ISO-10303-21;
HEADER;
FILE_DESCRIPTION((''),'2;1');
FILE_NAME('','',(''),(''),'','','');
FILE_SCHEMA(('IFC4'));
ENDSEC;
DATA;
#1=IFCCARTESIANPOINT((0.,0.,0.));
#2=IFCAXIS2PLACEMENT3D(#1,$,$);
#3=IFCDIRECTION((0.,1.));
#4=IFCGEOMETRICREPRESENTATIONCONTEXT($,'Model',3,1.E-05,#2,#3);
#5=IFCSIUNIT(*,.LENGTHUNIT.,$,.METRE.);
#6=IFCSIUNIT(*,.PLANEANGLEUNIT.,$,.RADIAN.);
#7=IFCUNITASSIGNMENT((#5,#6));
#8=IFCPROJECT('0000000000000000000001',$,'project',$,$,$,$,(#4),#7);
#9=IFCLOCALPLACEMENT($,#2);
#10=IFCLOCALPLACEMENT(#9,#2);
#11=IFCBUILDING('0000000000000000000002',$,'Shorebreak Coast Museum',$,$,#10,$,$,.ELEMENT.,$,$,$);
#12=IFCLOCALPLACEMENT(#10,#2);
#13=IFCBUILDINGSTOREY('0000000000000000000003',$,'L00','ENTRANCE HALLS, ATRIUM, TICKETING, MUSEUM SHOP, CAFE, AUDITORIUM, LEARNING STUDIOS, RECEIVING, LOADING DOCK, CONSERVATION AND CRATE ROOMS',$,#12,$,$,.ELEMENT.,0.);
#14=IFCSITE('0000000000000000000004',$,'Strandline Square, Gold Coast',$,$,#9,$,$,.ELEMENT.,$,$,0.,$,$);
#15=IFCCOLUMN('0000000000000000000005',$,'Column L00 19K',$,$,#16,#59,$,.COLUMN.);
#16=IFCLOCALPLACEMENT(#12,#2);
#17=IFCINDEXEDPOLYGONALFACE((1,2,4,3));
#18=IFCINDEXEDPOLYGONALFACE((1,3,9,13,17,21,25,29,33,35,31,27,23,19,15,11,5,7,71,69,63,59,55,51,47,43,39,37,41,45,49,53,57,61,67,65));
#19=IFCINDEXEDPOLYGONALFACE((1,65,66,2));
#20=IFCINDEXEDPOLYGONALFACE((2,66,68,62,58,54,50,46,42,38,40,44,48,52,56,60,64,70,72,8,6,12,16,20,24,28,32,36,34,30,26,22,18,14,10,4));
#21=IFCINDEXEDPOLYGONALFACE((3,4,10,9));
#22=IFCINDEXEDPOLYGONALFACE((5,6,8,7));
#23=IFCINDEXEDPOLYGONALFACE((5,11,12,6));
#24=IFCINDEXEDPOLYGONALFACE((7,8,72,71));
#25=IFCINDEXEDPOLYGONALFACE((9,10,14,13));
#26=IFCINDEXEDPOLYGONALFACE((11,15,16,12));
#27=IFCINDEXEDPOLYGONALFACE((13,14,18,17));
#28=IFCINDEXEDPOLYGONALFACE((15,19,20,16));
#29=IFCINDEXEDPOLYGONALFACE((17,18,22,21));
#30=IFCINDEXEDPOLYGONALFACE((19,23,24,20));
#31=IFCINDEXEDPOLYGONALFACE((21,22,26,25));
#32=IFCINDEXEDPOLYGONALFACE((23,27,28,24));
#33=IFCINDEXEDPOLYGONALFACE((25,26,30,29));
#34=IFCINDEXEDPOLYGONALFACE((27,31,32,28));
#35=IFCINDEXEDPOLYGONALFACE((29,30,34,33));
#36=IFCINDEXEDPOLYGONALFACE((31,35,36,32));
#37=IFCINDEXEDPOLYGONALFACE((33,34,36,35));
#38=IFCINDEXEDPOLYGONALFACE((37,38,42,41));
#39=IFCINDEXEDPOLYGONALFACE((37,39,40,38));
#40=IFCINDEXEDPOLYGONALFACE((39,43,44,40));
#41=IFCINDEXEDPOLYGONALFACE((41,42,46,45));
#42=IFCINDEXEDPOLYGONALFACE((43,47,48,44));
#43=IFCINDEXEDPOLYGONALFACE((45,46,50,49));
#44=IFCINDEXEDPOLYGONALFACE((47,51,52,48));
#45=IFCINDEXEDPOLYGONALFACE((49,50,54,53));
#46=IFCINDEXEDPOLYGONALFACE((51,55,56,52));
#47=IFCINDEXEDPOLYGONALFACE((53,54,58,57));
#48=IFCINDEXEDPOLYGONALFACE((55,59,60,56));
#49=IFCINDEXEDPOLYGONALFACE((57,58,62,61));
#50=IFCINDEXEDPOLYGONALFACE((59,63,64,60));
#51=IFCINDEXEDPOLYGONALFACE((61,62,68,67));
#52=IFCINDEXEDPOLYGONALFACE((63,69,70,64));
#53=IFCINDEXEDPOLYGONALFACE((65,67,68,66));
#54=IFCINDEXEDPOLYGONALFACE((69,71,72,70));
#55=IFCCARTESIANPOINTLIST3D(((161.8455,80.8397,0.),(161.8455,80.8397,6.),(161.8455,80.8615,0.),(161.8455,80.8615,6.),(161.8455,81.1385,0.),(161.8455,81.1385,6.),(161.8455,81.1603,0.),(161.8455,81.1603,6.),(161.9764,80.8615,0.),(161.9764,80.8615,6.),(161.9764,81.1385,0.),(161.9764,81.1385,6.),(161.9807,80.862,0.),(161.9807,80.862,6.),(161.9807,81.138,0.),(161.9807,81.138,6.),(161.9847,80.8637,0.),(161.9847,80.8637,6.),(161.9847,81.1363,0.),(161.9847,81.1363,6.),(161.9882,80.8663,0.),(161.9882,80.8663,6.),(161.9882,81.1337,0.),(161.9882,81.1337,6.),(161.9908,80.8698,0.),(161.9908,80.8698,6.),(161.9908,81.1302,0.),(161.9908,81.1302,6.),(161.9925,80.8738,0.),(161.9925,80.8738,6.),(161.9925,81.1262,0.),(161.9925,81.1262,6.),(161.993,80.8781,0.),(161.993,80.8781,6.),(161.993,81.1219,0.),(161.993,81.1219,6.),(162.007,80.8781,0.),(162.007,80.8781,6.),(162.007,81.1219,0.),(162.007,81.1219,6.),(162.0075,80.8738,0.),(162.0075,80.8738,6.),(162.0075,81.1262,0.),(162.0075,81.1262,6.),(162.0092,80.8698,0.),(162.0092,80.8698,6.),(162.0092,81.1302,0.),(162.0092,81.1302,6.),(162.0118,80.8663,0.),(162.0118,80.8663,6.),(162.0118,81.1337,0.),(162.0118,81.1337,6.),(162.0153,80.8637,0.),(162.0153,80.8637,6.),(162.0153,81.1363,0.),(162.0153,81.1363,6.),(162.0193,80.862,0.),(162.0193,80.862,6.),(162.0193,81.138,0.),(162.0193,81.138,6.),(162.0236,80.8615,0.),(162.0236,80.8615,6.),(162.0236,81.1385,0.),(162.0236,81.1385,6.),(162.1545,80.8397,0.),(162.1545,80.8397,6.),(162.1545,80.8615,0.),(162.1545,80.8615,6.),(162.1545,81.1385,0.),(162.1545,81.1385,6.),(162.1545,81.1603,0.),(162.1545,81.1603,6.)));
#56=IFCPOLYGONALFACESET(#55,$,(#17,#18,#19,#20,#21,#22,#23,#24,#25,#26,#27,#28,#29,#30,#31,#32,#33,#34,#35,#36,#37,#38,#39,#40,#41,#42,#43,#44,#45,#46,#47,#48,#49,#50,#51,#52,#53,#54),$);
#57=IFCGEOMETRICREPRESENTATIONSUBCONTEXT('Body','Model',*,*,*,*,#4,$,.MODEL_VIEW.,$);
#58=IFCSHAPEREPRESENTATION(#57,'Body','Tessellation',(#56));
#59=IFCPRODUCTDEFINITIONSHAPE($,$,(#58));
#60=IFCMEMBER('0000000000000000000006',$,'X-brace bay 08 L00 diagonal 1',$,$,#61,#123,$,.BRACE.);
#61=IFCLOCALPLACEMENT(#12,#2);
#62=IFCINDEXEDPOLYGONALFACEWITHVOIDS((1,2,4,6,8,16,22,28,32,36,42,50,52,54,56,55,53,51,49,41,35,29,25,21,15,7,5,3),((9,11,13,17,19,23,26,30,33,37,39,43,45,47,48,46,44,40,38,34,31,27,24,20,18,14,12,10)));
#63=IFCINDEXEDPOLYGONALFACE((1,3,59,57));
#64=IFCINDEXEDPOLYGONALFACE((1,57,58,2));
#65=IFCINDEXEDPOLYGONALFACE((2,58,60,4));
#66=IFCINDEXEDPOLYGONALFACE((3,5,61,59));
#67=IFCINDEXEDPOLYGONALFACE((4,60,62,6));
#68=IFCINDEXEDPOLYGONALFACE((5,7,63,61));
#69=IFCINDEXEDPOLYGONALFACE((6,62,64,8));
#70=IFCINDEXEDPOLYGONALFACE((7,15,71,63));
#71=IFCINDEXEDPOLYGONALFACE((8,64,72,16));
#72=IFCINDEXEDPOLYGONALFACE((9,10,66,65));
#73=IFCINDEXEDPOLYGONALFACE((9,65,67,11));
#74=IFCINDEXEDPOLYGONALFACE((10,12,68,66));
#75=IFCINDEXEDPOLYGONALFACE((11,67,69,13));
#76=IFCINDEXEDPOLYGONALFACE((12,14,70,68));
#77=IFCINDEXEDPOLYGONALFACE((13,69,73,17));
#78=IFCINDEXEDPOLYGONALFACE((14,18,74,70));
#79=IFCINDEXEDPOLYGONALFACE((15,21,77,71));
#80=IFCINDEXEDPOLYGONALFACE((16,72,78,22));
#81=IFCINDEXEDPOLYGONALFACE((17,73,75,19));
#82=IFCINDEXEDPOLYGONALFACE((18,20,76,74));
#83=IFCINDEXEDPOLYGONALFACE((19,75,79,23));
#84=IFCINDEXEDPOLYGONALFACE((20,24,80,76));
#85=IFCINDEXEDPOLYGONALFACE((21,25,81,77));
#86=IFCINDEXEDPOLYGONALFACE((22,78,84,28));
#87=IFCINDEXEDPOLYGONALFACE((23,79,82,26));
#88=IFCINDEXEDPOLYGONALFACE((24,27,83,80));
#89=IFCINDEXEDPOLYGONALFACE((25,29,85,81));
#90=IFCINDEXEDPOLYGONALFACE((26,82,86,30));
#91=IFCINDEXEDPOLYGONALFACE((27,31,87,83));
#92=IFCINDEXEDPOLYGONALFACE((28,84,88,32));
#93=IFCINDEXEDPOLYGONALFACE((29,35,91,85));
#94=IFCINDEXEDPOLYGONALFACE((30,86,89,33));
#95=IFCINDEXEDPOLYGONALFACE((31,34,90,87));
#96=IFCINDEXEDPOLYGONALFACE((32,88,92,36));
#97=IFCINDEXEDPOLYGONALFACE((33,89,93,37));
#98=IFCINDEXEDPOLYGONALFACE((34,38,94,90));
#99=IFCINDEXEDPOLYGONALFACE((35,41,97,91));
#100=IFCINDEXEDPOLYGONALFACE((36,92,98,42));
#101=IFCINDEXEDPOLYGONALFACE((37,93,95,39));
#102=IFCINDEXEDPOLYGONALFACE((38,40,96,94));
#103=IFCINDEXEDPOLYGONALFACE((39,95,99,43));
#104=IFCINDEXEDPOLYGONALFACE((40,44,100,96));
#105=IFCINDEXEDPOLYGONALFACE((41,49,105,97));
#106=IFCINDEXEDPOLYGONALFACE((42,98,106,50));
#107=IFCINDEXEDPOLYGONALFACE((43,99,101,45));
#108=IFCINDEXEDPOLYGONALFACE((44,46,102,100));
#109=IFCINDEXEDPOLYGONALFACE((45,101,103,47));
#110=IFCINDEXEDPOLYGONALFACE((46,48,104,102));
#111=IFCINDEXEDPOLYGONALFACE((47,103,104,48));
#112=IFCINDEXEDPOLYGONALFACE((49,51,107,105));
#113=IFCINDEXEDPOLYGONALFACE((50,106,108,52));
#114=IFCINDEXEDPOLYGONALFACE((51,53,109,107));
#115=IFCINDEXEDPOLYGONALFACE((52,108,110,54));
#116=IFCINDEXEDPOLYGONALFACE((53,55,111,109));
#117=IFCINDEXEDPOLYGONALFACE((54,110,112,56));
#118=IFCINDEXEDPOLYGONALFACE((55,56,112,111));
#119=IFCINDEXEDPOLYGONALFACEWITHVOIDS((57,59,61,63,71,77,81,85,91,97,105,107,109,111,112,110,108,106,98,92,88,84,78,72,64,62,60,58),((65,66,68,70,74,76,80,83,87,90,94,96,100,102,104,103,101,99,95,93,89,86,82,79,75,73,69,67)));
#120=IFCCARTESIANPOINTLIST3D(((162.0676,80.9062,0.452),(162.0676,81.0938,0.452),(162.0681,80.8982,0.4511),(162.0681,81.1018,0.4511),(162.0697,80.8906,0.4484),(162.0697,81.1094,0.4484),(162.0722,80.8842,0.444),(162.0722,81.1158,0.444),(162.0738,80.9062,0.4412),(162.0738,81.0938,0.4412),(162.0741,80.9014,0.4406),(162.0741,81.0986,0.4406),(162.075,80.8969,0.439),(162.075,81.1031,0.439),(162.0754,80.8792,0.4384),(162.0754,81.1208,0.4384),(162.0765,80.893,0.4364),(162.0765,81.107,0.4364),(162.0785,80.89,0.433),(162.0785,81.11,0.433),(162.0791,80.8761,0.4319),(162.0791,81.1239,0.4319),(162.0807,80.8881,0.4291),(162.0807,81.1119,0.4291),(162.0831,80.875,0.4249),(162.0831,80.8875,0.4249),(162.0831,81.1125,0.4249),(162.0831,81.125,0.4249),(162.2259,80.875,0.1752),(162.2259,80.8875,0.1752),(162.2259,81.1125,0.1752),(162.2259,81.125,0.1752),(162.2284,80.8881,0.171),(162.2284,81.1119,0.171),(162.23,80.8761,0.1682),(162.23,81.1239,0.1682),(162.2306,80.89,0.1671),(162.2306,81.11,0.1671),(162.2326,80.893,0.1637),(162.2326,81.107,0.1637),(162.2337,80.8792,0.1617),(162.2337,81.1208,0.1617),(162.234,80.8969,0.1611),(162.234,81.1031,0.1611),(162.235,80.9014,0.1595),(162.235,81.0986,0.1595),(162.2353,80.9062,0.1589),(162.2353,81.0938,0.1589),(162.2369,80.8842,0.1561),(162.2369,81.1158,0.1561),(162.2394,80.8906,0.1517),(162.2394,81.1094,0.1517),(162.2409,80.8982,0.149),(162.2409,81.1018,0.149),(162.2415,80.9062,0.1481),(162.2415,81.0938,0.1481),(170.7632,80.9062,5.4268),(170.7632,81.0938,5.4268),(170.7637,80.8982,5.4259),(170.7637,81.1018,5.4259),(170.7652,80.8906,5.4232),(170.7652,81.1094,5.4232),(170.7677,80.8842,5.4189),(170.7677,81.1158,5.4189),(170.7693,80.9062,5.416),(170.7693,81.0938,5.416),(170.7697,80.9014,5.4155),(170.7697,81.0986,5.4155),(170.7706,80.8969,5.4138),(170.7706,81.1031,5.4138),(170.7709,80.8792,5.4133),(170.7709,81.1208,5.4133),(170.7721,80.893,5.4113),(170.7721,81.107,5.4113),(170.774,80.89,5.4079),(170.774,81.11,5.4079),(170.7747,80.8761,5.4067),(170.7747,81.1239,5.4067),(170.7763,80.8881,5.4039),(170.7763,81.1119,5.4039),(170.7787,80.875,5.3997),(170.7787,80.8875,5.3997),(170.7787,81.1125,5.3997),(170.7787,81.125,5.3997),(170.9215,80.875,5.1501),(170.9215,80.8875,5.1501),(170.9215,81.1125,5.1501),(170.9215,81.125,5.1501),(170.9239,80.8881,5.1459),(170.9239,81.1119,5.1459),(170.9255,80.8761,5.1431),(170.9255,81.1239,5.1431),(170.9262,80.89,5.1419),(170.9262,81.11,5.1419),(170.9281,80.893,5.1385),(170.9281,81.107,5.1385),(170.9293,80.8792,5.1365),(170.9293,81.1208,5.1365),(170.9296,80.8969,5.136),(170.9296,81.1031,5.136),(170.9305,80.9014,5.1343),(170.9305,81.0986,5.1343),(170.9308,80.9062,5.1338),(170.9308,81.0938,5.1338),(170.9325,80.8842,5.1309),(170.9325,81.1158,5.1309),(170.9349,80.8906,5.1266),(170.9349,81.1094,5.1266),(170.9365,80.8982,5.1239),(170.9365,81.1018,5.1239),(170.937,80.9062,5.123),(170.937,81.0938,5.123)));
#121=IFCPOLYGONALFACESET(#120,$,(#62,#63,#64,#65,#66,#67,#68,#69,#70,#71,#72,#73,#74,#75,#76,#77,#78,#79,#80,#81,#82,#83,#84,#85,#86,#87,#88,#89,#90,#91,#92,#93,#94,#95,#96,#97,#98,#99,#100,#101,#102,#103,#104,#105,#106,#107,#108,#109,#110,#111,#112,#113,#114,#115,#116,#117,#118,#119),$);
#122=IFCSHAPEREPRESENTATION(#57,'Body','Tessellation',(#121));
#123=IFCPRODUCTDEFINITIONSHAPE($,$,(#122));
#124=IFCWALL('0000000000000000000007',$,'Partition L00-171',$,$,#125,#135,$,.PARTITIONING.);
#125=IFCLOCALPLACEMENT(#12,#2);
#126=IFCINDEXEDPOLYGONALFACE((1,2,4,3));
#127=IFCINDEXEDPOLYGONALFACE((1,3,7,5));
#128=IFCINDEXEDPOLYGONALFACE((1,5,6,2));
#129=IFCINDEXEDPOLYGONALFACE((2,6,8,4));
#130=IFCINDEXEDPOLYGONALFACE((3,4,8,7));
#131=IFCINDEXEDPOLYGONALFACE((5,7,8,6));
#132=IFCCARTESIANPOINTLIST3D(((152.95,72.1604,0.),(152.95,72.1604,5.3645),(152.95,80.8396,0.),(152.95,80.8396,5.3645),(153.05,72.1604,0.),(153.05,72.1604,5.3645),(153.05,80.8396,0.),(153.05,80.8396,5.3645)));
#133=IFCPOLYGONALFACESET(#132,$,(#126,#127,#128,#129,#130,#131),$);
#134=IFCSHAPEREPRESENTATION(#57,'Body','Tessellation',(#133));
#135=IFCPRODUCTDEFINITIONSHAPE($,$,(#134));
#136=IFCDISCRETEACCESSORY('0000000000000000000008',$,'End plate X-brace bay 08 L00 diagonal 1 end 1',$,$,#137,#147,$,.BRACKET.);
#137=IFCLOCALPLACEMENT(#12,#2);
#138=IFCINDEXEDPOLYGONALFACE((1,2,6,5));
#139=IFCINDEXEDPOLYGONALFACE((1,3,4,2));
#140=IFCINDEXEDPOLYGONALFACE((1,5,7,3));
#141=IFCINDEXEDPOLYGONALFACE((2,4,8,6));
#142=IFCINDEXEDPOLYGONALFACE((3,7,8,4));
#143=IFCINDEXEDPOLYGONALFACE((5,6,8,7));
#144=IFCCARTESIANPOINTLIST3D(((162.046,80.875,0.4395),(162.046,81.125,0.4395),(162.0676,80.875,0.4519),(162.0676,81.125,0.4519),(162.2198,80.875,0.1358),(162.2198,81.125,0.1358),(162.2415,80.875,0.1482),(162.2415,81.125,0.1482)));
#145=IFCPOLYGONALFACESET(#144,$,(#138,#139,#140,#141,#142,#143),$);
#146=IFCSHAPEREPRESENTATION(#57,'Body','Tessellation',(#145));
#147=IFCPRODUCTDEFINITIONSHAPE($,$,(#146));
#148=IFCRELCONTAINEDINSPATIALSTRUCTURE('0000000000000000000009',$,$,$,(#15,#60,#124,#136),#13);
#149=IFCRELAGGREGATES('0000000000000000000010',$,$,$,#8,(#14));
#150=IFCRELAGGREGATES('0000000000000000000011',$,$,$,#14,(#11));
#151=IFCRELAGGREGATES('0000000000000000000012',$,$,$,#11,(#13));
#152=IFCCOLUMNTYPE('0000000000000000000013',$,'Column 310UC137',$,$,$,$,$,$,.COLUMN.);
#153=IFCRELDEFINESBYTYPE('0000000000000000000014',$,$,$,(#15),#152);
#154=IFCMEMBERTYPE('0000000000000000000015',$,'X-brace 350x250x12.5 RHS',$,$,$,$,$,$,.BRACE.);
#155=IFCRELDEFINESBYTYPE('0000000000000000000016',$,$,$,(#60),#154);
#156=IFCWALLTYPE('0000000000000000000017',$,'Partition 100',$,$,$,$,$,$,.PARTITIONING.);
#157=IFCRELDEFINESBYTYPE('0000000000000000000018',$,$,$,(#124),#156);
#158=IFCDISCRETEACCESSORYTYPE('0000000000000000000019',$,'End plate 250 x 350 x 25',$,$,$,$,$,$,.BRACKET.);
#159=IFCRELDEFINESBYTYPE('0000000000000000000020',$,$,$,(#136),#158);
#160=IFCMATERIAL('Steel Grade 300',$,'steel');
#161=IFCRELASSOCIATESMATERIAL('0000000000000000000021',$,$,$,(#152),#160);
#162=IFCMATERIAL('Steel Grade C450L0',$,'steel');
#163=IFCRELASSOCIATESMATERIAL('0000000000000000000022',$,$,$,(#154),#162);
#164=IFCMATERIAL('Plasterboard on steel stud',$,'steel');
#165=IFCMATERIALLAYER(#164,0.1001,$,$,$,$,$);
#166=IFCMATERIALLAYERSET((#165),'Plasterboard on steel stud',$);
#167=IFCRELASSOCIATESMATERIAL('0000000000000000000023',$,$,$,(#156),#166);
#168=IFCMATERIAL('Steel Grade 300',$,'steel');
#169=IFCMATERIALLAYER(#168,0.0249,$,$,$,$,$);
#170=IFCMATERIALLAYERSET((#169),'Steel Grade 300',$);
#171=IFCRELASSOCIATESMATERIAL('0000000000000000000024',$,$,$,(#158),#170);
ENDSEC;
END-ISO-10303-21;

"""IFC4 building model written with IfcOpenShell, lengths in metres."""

from ifc_helpers import new_model, si_unit, direction, frame, frame_2d, origin, origin_2d, place, context, subcontext, project, spatial, polyline, rectangle, hollow_rectangle, i_section, outline, extrude, material, layer, layer_set, material_profile, profile_set, type_object, element, save


model = new_model("IFC4")

# Units and contexts
model_context = context("Model", 3, precision=1e-05, world=origin(), true_north=direction((0.0, 1.0)))
body_context = subcontext(model_context, "Body", "Model", "MODEL_VIEW")
ifc_project = project(units=[si_unit("LENGTHUNIT", "METRE"), si_unit("PLANEANGLEUNIT", "RADIAN")], contexts=[model_context])

# Site, building, storey
site_placement = place(None, origin())
site = spatial("IfcSite", under=ifc_project, at=site_placement, Name="Strandline Square, Gold Coast", CompositionType="ELEMENT", RefElevation=0.0)
building_placement = place(site_placement, origin())
building = spatial("IfcBuilding", under=site, at=building_placement, Name="Shorebreak Coast Museum", CompositionType="ELEMENT")
storey_placement = place(building_placement, origin())
storey = spatial("IfcBuildingStorey", under=building, at=storey_placement, Name="L00", Description="ENTRANCE HALLS, ATRIUM, TICKETING, MUSEUM SHOP, CAFE, AUDITORIUM, LEARNING STUDIOS, RECEIVING, LOADING DOCK, CONSERVATION AND CRATE ROOMS", CompositionType="ELEMENT", Elevation=0.0)

# Column
ifc_material_1 = material(Name="Steel Grade 300", Category="steel")
ifc_material_profile_1 = material_profile(ifc_material_1, i_section(OverallWidth=0.3091, OverallDepth=0.3206, WebThickness=0.0139, FlangeThickness=0.0217, FilletRadius=0.0166, at=origin_2d()), Name="310UC137")
ifc_profile_set_1 = profile_set([ifc_material_profile_1], Name="Steel Grade 300")
column_type = type_object("IfcColumnType", Name="Column 310UC137", PredefinedType="COLUMN", material=ifc_profile_set_1)
for number, where, z_axis, x_axis, name in (
    (1, (162.0, 81.0, 0.0), (0.0, 0.0, 1.0), (1.0, 0.0, 0.0), "Column L00 19K"),
):
    element("IfcColumn", number, at=place(storey_placement, frame(where, z_axis=z_axis, x_axis=x_axis)), inside=storey, type_object=column_type, Name=name, PredefinedType="COLUMN", context=body_context, shape_type="SweptSolid", body=[
        extrude(i_section(OverallWidth=0.3091, OverallDepth=0.3206, WebThickness=0.0139, FlangeThickness=0.0217, FilletRadius=0.0166, at=origin_2d()), origin(), (0.0, 0.0, 1.0), 6.0),
    ])

# Member
ifc_material_2 = material(Name="Steel Grade C450L0", Category="steel")
ifc_material_profile_2 = material_profile(ifc_material_2, hollow_rectangle(XDim=0.25, YDim=0.3501, WallThickness=0.0125, InnerFilletRadius=0.0188, OuterFilletRadius=0.0312, at=origin_2d()), Name="350x250x12.5 RHS")
ifc_profile_set_2 = profile_set([ifc_material_profile_2], Name="Steel Grade C450L0")
member_type = type_object("IfcMemberType", Name="X-brace 350x250x12.5 RHS", PredefinedType="BRACE", material=ifc_profile_set_2)
member_placement = place(storey_placement, frame((162.1545, 81.0, 0.3), z_axis=(0.867987, 0.0, 0.496588), x_axis=(0.0, 1.0, 0.0)))
element("IfcMember", 2, at=member_placement, inside=storey, type_object=member_type, Name="X-brace bay 08 L00 diagonal 1", PredefinedType="BRACE", context=body_context, shape_type="SweptSolid", body=[
    extrude(hollow_rectangle(XDim=0.25, YDim=0.3501, WallThickness=0.0125, InnerFilletRadius=0.0188, OuterFilletRadius=0.0312, at=origin_2d()), origin(), (0.0, 0.0, 1.0), 10.0181),
])

# Wall
ifc_material_3 = material(Name="Plasterboard on steel stud", Category="steel")
ifc_layer_1 = layer(ifc_material_3, 0.1001)
ifc_layer_set_1 = layer_set([ifc_layer_1], Name="Plasterboard on steel stud")
wall_type = type_object("IfcWallType", Name="Partition 100", PredefinedType="PARTITIONING", material=ifc_layer_set_1)
wall_placement = place(storey_placement, frame((153.0, 72.1604, 0.0), z_axis=(0.0, 0.0, 1.0), x_axis=(0.0, 1.0, 0.0)))
element("IfcWall", 3, at=wall_placement, inside=storey, type_object=wall_type, Name="Partition L00-171", PredefinedType="PARTITIONING", context=body_context, shape_type="SweptSolid", body=[
    extrude(rectangle(XDim=8.6792, YDim=0.1001, at=frame_2d((4.3396, 0.0))), origin(), (0.0, 0.0, 1.0), 5.3645),
])

# Discrete accessory
ifc_material_4 = material(Name="Steel Grade 300", Category="steel")
ifc_layer_2 = layer(ifc_material_4, 0.0249)
ifc_layer_set_2 = layer_set([ifc_layer_2], Name="Steel Grade 300")
discrete_accessory_type = type_object("IfcDiscreteAccessoryType", Name="End plate 250 x 350 x 25", PredefinedType="BRACKET", material=ifc_layer_set_2)
discrete_accessory_placement = place(storey_placement, frame((162.2415, 80.875, 0.1482), z_axis=(0.867899, 0.0, 0.49674), x_axis=(0.0, 1.0, 0.0)))
element("IfcDiscreteAccessory", 4, at=discrete_accessory_placement, inside=storey, type_object=discrete_accessory_type, Name="End plate X-brace bay 08 L00 diagonal 1 end 1", PredefinedType="BRACKET", context=body_context, shape_type="SweptSolid", body=[
    extrude(outline(polyline([(0.0, 0.0), (0.25, 0.0), (0.25, 0.3499), (0.0, 0.3499), (0.0, 0.0)])), origin(), (0.0, 0.0, -1.0), 0.0249),
])

save(model, "model.ifc")
